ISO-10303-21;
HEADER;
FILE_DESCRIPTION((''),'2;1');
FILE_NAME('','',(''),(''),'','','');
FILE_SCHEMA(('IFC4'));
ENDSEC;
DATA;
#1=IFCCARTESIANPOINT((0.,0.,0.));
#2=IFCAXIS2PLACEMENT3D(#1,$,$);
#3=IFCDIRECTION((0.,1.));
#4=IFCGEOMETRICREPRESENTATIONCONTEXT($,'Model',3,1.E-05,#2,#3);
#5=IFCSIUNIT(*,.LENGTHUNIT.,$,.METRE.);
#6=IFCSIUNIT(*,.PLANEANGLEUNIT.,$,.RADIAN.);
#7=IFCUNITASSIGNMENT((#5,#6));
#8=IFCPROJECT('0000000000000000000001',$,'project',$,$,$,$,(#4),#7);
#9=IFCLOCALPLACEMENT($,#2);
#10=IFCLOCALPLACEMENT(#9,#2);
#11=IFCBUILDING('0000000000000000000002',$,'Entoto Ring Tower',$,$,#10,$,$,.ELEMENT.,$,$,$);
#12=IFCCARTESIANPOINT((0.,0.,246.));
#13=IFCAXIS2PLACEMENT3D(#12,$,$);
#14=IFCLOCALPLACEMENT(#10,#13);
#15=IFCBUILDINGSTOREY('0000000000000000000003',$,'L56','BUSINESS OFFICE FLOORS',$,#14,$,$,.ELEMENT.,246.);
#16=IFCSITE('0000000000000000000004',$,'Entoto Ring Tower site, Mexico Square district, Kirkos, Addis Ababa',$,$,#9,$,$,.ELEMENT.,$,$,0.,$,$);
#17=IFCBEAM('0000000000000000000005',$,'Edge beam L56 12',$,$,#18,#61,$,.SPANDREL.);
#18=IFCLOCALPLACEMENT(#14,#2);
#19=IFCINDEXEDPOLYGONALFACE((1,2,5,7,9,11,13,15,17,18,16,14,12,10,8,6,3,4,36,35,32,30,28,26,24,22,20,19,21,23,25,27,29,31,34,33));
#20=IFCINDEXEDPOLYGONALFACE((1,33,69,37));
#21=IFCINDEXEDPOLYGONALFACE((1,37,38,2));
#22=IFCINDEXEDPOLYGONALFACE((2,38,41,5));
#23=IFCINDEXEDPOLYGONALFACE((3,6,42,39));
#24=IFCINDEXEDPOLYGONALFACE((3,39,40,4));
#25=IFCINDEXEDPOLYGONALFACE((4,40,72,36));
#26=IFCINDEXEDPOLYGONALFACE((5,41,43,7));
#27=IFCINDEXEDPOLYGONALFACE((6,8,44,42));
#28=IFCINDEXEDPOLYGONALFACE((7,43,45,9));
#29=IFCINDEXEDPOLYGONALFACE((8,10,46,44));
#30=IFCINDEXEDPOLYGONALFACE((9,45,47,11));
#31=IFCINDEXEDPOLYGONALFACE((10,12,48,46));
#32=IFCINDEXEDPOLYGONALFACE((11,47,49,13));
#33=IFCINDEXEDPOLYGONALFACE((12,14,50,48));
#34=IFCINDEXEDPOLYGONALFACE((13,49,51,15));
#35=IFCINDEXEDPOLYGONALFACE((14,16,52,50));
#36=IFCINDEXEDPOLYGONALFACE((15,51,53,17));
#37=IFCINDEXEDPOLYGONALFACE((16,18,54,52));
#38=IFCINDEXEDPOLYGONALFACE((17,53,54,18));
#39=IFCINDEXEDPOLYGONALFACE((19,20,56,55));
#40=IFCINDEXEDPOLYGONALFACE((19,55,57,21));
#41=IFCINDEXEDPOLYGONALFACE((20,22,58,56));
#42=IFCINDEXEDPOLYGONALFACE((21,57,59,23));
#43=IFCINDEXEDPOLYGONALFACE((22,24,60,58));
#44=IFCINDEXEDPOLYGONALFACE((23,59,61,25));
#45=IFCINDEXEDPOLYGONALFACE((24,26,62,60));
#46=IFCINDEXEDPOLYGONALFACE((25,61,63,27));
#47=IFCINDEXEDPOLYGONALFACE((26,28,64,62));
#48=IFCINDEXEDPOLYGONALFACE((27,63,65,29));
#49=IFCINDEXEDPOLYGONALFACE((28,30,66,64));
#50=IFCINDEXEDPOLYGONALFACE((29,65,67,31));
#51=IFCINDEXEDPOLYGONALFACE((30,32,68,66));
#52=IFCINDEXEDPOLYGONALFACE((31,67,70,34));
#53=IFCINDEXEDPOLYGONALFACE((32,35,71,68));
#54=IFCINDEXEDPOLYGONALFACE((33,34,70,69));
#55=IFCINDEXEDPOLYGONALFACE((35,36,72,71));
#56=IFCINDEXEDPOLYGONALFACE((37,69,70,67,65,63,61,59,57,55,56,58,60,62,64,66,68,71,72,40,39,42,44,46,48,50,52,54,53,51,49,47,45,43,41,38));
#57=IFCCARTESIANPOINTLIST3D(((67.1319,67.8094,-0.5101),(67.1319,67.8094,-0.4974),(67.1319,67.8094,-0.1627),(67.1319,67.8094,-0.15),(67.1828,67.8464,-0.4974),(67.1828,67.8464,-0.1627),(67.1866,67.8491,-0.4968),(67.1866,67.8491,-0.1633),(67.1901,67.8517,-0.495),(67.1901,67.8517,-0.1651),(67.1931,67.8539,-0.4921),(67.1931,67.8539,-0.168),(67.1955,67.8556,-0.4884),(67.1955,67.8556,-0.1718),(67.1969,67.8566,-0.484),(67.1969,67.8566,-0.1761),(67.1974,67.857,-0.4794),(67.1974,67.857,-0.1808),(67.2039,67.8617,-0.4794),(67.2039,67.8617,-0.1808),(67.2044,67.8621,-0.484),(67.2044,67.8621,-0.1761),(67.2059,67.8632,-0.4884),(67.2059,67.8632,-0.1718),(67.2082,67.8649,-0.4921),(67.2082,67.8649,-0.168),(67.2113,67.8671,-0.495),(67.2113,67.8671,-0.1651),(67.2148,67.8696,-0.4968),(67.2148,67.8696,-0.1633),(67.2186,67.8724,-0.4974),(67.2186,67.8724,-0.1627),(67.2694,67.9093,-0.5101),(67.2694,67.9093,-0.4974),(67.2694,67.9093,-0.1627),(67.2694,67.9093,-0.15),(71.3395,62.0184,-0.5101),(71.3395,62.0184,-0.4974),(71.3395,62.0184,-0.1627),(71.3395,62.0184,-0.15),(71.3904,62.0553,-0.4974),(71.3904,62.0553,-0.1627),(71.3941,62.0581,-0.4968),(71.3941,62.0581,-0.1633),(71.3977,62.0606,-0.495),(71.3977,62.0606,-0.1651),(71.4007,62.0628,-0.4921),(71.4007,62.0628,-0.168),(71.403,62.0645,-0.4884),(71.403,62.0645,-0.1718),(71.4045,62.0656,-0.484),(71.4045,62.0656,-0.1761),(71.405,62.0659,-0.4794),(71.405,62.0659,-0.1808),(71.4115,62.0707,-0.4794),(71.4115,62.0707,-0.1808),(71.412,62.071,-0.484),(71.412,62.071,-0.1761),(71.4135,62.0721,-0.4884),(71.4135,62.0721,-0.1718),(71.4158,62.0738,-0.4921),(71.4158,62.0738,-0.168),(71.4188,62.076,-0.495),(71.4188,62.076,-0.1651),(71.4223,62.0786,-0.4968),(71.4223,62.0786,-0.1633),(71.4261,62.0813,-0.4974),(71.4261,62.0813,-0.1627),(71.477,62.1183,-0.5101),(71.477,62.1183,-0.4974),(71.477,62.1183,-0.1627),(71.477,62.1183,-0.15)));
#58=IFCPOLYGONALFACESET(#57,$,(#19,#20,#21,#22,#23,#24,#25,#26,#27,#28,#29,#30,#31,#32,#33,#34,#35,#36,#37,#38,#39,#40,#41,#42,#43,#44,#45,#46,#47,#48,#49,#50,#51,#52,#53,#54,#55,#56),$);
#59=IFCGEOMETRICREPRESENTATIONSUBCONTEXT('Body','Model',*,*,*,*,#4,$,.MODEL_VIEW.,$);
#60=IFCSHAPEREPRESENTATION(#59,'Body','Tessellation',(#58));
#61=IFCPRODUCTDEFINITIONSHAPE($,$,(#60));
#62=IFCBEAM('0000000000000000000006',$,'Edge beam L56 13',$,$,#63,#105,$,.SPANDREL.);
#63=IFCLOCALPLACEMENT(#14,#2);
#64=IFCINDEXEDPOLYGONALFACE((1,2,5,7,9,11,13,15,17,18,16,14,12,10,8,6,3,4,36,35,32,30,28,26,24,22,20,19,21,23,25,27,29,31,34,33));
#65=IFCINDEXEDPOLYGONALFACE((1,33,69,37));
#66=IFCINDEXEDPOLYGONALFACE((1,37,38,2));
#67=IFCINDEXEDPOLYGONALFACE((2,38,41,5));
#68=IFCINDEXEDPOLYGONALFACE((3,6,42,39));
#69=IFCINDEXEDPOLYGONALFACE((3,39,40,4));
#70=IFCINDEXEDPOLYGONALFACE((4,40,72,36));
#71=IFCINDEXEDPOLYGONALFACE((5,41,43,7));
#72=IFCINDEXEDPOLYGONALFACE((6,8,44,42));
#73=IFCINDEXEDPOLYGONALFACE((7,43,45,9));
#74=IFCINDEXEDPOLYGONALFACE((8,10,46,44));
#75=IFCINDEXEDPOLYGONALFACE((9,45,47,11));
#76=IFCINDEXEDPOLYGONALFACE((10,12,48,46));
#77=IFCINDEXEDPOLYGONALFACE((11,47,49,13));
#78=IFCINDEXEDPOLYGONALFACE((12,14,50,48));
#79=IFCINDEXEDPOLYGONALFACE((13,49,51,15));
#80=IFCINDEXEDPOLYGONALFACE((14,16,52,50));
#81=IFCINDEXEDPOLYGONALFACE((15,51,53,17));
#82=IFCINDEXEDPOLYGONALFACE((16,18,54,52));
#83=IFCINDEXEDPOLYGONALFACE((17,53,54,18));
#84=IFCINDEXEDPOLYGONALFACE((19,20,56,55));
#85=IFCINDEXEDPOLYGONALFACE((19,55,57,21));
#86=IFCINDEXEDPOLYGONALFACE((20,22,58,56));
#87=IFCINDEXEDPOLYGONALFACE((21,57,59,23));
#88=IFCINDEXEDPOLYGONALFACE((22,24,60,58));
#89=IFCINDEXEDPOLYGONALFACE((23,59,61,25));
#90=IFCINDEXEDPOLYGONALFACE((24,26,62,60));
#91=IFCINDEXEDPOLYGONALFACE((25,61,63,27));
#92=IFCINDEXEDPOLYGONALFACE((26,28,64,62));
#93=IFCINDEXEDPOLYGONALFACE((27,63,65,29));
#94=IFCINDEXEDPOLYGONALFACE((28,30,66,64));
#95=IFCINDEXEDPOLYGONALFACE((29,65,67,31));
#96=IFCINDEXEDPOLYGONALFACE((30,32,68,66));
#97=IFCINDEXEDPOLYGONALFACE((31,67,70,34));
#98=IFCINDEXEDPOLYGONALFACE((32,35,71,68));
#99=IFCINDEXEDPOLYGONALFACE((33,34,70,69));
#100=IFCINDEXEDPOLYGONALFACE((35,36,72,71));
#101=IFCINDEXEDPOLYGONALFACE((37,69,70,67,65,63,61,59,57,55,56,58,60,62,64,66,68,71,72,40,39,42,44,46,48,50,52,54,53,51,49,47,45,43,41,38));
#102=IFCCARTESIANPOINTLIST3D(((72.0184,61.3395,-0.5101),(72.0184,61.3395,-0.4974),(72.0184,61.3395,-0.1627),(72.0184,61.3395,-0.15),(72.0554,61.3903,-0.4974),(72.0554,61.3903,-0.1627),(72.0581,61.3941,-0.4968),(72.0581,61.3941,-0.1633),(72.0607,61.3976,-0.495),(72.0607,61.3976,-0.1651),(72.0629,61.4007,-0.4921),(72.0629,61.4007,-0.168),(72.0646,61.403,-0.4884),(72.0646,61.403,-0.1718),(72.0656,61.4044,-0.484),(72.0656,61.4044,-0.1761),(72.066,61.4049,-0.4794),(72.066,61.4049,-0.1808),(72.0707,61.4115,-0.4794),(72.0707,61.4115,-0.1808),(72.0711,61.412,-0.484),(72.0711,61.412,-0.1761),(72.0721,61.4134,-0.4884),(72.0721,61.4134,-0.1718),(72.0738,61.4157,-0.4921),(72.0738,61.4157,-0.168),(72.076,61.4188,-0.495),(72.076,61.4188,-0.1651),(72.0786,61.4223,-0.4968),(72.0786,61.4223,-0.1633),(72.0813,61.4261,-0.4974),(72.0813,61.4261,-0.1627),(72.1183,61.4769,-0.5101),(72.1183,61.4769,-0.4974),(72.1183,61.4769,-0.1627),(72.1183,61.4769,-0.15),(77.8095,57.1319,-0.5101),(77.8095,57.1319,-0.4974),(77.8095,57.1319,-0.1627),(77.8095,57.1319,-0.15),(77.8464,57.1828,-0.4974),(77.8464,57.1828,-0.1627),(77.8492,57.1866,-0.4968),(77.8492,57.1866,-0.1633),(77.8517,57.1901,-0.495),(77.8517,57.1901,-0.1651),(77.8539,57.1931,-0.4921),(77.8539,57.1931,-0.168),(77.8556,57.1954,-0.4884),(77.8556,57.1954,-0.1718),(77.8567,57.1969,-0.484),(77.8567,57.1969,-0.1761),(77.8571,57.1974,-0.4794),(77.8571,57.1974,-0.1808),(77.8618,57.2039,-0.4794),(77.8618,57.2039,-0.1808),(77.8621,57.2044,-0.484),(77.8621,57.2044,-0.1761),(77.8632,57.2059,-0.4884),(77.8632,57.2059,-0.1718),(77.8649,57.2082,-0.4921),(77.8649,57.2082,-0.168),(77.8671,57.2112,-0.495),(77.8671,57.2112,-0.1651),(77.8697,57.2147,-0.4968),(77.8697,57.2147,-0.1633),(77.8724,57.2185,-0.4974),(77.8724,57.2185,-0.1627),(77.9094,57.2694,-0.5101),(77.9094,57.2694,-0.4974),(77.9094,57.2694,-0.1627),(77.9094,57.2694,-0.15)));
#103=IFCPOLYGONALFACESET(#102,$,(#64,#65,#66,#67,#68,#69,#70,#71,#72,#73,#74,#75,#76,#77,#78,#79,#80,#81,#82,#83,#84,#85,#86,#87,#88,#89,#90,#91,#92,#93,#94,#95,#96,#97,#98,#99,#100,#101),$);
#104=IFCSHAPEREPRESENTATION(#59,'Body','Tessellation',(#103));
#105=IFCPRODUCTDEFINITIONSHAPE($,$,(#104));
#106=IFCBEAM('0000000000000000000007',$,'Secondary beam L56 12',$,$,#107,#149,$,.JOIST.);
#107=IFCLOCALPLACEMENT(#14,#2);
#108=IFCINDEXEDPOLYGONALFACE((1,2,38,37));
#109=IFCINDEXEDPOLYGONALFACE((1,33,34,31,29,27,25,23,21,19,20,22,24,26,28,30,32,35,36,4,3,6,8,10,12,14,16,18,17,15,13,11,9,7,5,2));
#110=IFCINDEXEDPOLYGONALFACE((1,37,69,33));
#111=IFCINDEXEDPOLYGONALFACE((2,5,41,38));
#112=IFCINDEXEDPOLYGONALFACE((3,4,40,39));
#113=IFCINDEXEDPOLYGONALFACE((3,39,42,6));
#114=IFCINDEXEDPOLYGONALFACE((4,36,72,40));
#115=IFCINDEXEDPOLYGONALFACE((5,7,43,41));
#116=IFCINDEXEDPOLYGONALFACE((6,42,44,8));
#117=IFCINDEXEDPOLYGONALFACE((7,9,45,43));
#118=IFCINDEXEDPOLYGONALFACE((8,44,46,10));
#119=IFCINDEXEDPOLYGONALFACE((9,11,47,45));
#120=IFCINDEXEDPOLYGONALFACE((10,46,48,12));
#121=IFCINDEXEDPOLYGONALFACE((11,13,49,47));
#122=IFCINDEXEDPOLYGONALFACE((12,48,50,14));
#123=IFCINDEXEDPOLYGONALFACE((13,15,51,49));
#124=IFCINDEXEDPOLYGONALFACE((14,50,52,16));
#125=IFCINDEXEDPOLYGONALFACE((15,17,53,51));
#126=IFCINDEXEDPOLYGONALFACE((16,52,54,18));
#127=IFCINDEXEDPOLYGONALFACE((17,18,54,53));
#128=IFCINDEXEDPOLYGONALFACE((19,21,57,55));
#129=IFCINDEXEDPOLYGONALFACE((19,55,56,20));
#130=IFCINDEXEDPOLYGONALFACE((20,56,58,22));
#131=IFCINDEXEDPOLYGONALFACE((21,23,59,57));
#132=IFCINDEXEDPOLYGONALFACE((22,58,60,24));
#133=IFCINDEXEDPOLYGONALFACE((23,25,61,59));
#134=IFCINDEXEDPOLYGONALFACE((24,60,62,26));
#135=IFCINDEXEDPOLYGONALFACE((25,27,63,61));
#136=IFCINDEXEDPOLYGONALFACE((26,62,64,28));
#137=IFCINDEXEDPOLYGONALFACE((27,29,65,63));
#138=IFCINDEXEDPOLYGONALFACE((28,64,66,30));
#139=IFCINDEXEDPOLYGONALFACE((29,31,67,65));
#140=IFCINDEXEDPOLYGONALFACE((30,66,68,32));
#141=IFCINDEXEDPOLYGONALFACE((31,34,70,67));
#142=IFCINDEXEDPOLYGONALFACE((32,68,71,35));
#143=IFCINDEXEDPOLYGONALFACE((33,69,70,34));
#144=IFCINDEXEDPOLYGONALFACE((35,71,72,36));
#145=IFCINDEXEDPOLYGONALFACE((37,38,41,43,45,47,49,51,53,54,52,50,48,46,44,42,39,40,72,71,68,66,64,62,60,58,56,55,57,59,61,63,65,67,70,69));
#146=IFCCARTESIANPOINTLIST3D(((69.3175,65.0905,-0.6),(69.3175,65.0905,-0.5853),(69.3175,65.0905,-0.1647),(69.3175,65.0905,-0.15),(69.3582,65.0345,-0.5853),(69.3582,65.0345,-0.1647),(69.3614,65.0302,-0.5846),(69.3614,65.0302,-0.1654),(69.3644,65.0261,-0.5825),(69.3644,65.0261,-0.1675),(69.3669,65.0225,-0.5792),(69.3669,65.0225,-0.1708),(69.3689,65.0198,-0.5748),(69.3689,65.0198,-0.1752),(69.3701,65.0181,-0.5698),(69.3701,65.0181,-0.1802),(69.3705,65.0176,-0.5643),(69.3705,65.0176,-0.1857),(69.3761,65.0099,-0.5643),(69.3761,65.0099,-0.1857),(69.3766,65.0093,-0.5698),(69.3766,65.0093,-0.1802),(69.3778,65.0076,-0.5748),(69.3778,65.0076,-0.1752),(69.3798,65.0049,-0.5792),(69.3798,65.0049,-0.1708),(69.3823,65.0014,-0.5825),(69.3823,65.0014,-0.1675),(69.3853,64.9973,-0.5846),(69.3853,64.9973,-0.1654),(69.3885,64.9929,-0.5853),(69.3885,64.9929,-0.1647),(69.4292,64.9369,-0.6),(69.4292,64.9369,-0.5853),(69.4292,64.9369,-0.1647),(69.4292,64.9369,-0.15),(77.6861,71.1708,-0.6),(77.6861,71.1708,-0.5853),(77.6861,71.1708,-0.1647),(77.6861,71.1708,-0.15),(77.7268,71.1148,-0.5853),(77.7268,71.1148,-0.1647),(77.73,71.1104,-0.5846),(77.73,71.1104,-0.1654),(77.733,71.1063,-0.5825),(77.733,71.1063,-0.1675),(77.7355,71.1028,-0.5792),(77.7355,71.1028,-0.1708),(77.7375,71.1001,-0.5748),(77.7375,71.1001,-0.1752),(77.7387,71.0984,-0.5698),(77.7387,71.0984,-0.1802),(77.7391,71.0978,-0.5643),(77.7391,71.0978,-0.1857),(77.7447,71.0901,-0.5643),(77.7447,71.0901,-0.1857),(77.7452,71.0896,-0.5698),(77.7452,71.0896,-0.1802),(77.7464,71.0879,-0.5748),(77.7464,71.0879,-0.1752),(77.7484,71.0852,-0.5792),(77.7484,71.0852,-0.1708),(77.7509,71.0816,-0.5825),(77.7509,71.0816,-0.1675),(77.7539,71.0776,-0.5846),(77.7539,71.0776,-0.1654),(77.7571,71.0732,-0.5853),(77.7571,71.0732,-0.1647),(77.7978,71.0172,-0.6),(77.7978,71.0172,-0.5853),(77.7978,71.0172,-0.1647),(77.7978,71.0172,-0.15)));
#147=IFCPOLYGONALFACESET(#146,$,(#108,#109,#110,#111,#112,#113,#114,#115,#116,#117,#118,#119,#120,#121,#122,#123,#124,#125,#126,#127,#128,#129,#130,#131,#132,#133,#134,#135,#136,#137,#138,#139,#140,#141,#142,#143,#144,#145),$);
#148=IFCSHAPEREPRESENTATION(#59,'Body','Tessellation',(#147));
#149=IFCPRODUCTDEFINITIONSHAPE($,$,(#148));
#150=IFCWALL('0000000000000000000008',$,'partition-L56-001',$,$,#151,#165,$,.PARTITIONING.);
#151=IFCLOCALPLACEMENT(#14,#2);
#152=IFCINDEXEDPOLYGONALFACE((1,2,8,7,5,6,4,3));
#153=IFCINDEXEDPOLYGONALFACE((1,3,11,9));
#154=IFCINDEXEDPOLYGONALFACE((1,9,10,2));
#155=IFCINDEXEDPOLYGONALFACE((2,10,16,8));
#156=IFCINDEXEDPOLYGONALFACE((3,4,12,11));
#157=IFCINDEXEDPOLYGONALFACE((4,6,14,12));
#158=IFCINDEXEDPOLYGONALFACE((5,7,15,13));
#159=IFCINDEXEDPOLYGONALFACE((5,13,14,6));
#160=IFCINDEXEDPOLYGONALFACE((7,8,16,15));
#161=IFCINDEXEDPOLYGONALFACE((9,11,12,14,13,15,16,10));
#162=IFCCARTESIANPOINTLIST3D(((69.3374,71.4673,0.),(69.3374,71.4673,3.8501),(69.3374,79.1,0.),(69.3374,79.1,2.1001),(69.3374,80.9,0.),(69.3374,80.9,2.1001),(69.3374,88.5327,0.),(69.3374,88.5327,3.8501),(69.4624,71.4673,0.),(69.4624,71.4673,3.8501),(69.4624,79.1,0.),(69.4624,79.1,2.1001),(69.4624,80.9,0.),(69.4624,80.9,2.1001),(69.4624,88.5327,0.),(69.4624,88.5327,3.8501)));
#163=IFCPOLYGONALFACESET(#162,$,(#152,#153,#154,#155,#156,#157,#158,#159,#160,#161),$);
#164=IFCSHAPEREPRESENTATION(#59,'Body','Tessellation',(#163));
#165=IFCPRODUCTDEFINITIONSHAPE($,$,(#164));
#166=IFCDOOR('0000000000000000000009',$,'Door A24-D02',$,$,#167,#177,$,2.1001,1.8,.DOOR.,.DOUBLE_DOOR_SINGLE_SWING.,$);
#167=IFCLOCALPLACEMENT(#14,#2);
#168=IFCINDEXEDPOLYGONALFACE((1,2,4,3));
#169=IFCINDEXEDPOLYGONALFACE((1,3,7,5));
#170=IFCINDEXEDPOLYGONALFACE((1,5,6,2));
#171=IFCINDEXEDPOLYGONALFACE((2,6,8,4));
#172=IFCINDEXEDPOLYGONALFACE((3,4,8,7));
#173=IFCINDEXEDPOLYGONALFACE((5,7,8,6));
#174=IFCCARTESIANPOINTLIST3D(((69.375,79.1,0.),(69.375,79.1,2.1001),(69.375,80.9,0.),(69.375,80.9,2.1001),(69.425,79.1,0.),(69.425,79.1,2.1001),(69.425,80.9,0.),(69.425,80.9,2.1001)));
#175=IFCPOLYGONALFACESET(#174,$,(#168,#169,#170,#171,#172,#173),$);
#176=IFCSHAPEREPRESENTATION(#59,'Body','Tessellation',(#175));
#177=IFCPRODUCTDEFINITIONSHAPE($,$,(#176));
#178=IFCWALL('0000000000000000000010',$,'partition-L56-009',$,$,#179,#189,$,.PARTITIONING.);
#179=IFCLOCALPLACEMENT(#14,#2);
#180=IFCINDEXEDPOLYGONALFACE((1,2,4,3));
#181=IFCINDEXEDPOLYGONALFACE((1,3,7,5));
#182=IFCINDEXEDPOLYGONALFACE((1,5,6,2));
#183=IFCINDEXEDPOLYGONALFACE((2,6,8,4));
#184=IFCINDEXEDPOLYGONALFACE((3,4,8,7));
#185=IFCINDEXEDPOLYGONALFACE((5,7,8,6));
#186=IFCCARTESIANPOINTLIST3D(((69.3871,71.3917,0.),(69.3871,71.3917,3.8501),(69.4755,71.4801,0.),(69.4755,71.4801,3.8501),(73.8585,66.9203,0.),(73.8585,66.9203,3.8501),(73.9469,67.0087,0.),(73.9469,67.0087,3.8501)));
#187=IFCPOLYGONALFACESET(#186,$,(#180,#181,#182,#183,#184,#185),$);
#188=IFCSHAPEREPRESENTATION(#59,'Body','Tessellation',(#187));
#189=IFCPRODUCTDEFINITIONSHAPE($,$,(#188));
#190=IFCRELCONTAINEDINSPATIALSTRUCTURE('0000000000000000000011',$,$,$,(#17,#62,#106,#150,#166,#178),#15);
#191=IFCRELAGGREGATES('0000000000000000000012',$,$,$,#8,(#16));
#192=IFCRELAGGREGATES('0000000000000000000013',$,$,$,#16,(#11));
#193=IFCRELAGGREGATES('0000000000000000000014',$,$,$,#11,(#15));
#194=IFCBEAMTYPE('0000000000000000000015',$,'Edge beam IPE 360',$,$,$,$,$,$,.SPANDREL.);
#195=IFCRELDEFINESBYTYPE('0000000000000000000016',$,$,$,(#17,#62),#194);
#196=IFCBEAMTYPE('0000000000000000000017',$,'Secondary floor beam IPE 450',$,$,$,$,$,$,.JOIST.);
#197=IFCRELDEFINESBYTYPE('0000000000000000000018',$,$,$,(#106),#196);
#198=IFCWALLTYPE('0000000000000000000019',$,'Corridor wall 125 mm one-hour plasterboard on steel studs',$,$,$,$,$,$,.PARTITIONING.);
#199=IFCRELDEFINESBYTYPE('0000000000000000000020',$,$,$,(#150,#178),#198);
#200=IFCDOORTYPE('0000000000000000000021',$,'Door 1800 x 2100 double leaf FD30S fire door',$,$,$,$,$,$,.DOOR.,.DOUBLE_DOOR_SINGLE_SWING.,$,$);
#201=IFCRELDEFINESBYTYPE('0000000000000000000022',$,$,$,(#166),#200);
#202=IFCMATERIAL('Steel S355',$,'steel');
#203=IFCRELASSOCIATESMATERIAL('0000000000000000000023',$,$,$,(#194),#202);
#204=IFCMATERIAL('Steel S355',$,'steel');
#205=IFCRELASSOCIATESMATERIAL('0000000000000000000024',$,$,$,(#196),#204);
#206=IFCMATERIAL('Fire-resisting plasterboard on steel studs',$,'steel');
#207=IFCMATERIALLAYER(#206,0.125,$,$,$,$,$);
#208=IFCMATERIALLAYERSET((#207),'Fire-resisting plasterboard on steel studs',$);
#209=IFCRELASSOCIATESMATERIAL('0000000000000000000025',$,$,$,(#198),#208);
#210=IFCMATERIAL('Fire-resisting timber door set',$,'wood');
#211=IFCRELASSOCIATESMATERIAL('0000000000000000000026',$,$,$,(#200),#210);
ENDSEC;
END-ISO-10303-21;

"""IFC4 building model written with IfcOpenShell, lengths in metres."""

from ifc_helpers import new_model, si_unit, direction, frame, frame_2d, origin, origin_2d, place, context, subcontext, project, spatial, rectangle, i_section, extrude, material, layer, layer_set, material_profile, profile_set, type_object, element, fill, save


model = new_model("IFC4")

# Units and contexts
model_context = context("Model", 3, precision=1e-05, world=origin(), true_north=direction((0.0, 1.0)))
body_context = subcontext(model_context, "Body", "Model", "MODEL_VIEW")
ifc_project = project(units=[si_unit("LENGTHUNIT", "METRE"), si_unit("PLANEANGLEUNIT", "RADIAN")], contexts=[model_context])

# Site, building, storey
site_placement = place(None, origin())
site = spatial("IfcSite", under=ifc_project, at=site_placement, Name="Entoto Ring Tower site, Mexico Square district, Kirkos, Addis Ababa", CompositionType="ELEMENT", RefElevation=0.0)
building_placement = place(site_placement, origin())
building = spatial("IfcBuilding", under=site, at=building_placement, Name="Entoto Ring Tower", CompositionType="ELEMENT")
storey_placement = place(building_placement, frame((0.0, 0.0, 246.0)))
storey = spatial("IfcBuildingStorey", under=building, at=storey_placement, Name="L56", Description="BUSINESS OFFICE FLOORS", CompositionType="ELEMENT", Elevation=246.0)

# Beams
ifc_material_1 = material(Name="Steel S355", Category="steel")
ifc_material_profile_1 = material_profile(ifc_material_1, i_section(OverallWidth=0.1699, OverallDepth=0.3601, WebThickness=0.0081, FlangeThickness=0.0127, FilletRadius=0.0181, at=origin_2d()), Name="IPE 360")
ifc_profile_set_1 = profile_set([ifc_material_profile_1], Name="Steel S355")
beam_type_1 = type_object("IfcBeamType", Name="Edge beam IPE 360", PredefinedType="SPANDREL", material=ifc_profile_set_1)
for number, where, z_axis, x_axis, name in (
    (1, (67.2007, 67.8594, -0.3301), (0.587794, -0.80901, 0.0), (0.80901, 0.587794, 0.0), "Edge beam L56 12"),
    (2, (72.0684, 61.4082, -0.3301), (0.80901, -0.587794, 0.0), (0.587794, 0.80901, 0.0), "Edge beam L56 13"),
):
    element("IfcBeam", number, at=place(storey_placement, frame(where, z_axis=z_axis, x_axis=x_axis)), inside=storey, type_object=beam_type_1, Name=name, PredefinedType="SPANDREL", context=body_context, shape_type="SweptSolid", body=[
        extrude(i_section(OverallWidth=0.1699, OverallDepth=0.3601, WebThickness=0.0081, FlangeThickness=0.0127, FilletRadius=0.0181, at=origin_2d()), origin(), (0.0, 0.0, 1.0), 7.1582),
    ])
ifc_material_2 = material(Name="Steel S355", Category="steel")
ifc_material_profile_2 = material_profile(ifc_material_2, i_section(OverallWidth=0.1899, OverallDepth=0.45, WebThickness=0.0095, FlangeThickness=0.0146, FilletRadius=0.021, at=origin_2d()), Name="IPE 450")
ifc_profile_set_2 = profile_set([ifc_material_profile_2], Name="Steel S355")
beam_type_2 = type_object("IfcBeamType", Name="Secondary floor beam IPE 450", PredefinedType="JOIST", material=ifc_profile_set_2)
beam_placement = place(storey_placement, frame((77.7419, 71.094, -0.375), z_axis=(-0.809011, -0.587794, 0.0), x_axis=(0.587794, -0.809011, 0.0)))
element("IfcBeam", 3, at=beam_placement, inside=storey, type_object=beam_type_2, Name="Secondary beam L56 12", PredefinedType="JOIST", context=body_context, shape_type="SweptSolid", body=[
    extrude(i_section(OverallWidth=0.1899, OverallDepth=0.45, WebThickness=0.0095, FlangeThickness=0.0146, FilletRadius=0.021, at=origin_2d()), origin(), (0.0, 0.0, 1.0), 10.3442),
])

# Wall, opening, door
ifc_material_3 = material(Name="Fire-resisting plasterboard on steel studs", Category="steel")
ifc_layer_1 = layer(ifc_material_3, 0.125)
ifc_layer_set_1 = layer_set([ifc_layer_1], Name="Fire-resisting plasterboard on steel studs")
wall_type_1 = type_object("IfcWallType", Name="Corridor wall 125 mm one-hour plasterboard on steel studs", PredefinedType="PARTITIONING", material=ifc_layer_set_1)
wall_1_placement = place(storey_placement, frame((69.3999, 71.4673, 0.0), z_axis=(0.0, 0.0, 1.0), x_axis=(0.0, 1.0, 0.0)))
wall_1 = element("IfcWall", 4, at=wall_1_placement, inside=storey, type_object=wall_type_1, Name="partition-L56-001", PredefinedType="PARTITIONING", context=body_context, shape_type="SweptSolid", body=[
    extrude(rectangle(XDim=17.0654, YDim=0.125, at=frame_2d((8.5327, 0.0))), origin(), (0.0, 0.0, 1.0), 3.8501),
])
opening_placement = place(wall_1_placement, frame((7.6328, 0.0, 0.0)))
opening = element("IfcOpeningElement", 5, at=opening_placement, cuts=wall_1, PredefinedType="OPENING", context=body_context, shape_type="SweptSolid", body=[
    extrude(rectangle(XDim=1.8, YDim=2.1001, at=frame_2d((0.8999, 1.05))), frame((0.0, 0.0725, 0.0), z_axis=(0.0, -1.0, 0.0), x_axis=(1.0, 0.0, 0.0)), (0.0, 0.0, 1.0), 0.145),
])
ifc_material_4 = material(Name="Fire-resisting timber door set", Category="wood")
door_type = type_object("IfcDoorType", Name="Door 1800 x 2100 double leaf FD30S fire door", OperationType="DOUBLE_DOOR_SINGLE_SWING", PredefinedType="DOOR", material=ifc_material_4)
door_placement = place(opening_placement, origin())
door = element("IfcDoor", 6, at=door_placement, inside=storey, type_object=door_type, Name="Door A24-D02", OperationType="DOUBLE_DOOR_SINGLE_SWING", OverallHeight=2.1001, OverallWidth=1.8, PredefinedType="DOOR", context=body_context, shape_type="SweptSolid", body=[
    extrude(rectangle(XDim=1.8, YDim=2.1001, at=frame_2d((0.8999, 1.05))), frame((0.0, 0.0249, 0.0), z_axis=(0.0, -1.0, 0.0), x_axis=(1.0, 0.0, 0.0)), (0.0, 0.0, 1.0), 0.05),
])
fill(opening, door)

# Wall
wall_2_placement = place(storey_placement, frame((73.9026, 66.9646, 0.0), z_axis=(0.0, 0.0, 1.0), x_axis=(-0.707107, 0.707107, 0.0)))
element("IfcWall", 7, at=wall_2_placement, inside=storey, type_object=wall_type_1, Name="partition-L56-009", PredefinedType="PARTITIONING", context=body_context, shape_type="SweptSolid", body=[
    extrude(rectangle(XDim=6.3235, YDim=0.125, at=frame_2d((3.1616, 0.0))), origin(), (0.0, 0.0, 1.0), 3.8501),
])

save(model, "model.ifc")
